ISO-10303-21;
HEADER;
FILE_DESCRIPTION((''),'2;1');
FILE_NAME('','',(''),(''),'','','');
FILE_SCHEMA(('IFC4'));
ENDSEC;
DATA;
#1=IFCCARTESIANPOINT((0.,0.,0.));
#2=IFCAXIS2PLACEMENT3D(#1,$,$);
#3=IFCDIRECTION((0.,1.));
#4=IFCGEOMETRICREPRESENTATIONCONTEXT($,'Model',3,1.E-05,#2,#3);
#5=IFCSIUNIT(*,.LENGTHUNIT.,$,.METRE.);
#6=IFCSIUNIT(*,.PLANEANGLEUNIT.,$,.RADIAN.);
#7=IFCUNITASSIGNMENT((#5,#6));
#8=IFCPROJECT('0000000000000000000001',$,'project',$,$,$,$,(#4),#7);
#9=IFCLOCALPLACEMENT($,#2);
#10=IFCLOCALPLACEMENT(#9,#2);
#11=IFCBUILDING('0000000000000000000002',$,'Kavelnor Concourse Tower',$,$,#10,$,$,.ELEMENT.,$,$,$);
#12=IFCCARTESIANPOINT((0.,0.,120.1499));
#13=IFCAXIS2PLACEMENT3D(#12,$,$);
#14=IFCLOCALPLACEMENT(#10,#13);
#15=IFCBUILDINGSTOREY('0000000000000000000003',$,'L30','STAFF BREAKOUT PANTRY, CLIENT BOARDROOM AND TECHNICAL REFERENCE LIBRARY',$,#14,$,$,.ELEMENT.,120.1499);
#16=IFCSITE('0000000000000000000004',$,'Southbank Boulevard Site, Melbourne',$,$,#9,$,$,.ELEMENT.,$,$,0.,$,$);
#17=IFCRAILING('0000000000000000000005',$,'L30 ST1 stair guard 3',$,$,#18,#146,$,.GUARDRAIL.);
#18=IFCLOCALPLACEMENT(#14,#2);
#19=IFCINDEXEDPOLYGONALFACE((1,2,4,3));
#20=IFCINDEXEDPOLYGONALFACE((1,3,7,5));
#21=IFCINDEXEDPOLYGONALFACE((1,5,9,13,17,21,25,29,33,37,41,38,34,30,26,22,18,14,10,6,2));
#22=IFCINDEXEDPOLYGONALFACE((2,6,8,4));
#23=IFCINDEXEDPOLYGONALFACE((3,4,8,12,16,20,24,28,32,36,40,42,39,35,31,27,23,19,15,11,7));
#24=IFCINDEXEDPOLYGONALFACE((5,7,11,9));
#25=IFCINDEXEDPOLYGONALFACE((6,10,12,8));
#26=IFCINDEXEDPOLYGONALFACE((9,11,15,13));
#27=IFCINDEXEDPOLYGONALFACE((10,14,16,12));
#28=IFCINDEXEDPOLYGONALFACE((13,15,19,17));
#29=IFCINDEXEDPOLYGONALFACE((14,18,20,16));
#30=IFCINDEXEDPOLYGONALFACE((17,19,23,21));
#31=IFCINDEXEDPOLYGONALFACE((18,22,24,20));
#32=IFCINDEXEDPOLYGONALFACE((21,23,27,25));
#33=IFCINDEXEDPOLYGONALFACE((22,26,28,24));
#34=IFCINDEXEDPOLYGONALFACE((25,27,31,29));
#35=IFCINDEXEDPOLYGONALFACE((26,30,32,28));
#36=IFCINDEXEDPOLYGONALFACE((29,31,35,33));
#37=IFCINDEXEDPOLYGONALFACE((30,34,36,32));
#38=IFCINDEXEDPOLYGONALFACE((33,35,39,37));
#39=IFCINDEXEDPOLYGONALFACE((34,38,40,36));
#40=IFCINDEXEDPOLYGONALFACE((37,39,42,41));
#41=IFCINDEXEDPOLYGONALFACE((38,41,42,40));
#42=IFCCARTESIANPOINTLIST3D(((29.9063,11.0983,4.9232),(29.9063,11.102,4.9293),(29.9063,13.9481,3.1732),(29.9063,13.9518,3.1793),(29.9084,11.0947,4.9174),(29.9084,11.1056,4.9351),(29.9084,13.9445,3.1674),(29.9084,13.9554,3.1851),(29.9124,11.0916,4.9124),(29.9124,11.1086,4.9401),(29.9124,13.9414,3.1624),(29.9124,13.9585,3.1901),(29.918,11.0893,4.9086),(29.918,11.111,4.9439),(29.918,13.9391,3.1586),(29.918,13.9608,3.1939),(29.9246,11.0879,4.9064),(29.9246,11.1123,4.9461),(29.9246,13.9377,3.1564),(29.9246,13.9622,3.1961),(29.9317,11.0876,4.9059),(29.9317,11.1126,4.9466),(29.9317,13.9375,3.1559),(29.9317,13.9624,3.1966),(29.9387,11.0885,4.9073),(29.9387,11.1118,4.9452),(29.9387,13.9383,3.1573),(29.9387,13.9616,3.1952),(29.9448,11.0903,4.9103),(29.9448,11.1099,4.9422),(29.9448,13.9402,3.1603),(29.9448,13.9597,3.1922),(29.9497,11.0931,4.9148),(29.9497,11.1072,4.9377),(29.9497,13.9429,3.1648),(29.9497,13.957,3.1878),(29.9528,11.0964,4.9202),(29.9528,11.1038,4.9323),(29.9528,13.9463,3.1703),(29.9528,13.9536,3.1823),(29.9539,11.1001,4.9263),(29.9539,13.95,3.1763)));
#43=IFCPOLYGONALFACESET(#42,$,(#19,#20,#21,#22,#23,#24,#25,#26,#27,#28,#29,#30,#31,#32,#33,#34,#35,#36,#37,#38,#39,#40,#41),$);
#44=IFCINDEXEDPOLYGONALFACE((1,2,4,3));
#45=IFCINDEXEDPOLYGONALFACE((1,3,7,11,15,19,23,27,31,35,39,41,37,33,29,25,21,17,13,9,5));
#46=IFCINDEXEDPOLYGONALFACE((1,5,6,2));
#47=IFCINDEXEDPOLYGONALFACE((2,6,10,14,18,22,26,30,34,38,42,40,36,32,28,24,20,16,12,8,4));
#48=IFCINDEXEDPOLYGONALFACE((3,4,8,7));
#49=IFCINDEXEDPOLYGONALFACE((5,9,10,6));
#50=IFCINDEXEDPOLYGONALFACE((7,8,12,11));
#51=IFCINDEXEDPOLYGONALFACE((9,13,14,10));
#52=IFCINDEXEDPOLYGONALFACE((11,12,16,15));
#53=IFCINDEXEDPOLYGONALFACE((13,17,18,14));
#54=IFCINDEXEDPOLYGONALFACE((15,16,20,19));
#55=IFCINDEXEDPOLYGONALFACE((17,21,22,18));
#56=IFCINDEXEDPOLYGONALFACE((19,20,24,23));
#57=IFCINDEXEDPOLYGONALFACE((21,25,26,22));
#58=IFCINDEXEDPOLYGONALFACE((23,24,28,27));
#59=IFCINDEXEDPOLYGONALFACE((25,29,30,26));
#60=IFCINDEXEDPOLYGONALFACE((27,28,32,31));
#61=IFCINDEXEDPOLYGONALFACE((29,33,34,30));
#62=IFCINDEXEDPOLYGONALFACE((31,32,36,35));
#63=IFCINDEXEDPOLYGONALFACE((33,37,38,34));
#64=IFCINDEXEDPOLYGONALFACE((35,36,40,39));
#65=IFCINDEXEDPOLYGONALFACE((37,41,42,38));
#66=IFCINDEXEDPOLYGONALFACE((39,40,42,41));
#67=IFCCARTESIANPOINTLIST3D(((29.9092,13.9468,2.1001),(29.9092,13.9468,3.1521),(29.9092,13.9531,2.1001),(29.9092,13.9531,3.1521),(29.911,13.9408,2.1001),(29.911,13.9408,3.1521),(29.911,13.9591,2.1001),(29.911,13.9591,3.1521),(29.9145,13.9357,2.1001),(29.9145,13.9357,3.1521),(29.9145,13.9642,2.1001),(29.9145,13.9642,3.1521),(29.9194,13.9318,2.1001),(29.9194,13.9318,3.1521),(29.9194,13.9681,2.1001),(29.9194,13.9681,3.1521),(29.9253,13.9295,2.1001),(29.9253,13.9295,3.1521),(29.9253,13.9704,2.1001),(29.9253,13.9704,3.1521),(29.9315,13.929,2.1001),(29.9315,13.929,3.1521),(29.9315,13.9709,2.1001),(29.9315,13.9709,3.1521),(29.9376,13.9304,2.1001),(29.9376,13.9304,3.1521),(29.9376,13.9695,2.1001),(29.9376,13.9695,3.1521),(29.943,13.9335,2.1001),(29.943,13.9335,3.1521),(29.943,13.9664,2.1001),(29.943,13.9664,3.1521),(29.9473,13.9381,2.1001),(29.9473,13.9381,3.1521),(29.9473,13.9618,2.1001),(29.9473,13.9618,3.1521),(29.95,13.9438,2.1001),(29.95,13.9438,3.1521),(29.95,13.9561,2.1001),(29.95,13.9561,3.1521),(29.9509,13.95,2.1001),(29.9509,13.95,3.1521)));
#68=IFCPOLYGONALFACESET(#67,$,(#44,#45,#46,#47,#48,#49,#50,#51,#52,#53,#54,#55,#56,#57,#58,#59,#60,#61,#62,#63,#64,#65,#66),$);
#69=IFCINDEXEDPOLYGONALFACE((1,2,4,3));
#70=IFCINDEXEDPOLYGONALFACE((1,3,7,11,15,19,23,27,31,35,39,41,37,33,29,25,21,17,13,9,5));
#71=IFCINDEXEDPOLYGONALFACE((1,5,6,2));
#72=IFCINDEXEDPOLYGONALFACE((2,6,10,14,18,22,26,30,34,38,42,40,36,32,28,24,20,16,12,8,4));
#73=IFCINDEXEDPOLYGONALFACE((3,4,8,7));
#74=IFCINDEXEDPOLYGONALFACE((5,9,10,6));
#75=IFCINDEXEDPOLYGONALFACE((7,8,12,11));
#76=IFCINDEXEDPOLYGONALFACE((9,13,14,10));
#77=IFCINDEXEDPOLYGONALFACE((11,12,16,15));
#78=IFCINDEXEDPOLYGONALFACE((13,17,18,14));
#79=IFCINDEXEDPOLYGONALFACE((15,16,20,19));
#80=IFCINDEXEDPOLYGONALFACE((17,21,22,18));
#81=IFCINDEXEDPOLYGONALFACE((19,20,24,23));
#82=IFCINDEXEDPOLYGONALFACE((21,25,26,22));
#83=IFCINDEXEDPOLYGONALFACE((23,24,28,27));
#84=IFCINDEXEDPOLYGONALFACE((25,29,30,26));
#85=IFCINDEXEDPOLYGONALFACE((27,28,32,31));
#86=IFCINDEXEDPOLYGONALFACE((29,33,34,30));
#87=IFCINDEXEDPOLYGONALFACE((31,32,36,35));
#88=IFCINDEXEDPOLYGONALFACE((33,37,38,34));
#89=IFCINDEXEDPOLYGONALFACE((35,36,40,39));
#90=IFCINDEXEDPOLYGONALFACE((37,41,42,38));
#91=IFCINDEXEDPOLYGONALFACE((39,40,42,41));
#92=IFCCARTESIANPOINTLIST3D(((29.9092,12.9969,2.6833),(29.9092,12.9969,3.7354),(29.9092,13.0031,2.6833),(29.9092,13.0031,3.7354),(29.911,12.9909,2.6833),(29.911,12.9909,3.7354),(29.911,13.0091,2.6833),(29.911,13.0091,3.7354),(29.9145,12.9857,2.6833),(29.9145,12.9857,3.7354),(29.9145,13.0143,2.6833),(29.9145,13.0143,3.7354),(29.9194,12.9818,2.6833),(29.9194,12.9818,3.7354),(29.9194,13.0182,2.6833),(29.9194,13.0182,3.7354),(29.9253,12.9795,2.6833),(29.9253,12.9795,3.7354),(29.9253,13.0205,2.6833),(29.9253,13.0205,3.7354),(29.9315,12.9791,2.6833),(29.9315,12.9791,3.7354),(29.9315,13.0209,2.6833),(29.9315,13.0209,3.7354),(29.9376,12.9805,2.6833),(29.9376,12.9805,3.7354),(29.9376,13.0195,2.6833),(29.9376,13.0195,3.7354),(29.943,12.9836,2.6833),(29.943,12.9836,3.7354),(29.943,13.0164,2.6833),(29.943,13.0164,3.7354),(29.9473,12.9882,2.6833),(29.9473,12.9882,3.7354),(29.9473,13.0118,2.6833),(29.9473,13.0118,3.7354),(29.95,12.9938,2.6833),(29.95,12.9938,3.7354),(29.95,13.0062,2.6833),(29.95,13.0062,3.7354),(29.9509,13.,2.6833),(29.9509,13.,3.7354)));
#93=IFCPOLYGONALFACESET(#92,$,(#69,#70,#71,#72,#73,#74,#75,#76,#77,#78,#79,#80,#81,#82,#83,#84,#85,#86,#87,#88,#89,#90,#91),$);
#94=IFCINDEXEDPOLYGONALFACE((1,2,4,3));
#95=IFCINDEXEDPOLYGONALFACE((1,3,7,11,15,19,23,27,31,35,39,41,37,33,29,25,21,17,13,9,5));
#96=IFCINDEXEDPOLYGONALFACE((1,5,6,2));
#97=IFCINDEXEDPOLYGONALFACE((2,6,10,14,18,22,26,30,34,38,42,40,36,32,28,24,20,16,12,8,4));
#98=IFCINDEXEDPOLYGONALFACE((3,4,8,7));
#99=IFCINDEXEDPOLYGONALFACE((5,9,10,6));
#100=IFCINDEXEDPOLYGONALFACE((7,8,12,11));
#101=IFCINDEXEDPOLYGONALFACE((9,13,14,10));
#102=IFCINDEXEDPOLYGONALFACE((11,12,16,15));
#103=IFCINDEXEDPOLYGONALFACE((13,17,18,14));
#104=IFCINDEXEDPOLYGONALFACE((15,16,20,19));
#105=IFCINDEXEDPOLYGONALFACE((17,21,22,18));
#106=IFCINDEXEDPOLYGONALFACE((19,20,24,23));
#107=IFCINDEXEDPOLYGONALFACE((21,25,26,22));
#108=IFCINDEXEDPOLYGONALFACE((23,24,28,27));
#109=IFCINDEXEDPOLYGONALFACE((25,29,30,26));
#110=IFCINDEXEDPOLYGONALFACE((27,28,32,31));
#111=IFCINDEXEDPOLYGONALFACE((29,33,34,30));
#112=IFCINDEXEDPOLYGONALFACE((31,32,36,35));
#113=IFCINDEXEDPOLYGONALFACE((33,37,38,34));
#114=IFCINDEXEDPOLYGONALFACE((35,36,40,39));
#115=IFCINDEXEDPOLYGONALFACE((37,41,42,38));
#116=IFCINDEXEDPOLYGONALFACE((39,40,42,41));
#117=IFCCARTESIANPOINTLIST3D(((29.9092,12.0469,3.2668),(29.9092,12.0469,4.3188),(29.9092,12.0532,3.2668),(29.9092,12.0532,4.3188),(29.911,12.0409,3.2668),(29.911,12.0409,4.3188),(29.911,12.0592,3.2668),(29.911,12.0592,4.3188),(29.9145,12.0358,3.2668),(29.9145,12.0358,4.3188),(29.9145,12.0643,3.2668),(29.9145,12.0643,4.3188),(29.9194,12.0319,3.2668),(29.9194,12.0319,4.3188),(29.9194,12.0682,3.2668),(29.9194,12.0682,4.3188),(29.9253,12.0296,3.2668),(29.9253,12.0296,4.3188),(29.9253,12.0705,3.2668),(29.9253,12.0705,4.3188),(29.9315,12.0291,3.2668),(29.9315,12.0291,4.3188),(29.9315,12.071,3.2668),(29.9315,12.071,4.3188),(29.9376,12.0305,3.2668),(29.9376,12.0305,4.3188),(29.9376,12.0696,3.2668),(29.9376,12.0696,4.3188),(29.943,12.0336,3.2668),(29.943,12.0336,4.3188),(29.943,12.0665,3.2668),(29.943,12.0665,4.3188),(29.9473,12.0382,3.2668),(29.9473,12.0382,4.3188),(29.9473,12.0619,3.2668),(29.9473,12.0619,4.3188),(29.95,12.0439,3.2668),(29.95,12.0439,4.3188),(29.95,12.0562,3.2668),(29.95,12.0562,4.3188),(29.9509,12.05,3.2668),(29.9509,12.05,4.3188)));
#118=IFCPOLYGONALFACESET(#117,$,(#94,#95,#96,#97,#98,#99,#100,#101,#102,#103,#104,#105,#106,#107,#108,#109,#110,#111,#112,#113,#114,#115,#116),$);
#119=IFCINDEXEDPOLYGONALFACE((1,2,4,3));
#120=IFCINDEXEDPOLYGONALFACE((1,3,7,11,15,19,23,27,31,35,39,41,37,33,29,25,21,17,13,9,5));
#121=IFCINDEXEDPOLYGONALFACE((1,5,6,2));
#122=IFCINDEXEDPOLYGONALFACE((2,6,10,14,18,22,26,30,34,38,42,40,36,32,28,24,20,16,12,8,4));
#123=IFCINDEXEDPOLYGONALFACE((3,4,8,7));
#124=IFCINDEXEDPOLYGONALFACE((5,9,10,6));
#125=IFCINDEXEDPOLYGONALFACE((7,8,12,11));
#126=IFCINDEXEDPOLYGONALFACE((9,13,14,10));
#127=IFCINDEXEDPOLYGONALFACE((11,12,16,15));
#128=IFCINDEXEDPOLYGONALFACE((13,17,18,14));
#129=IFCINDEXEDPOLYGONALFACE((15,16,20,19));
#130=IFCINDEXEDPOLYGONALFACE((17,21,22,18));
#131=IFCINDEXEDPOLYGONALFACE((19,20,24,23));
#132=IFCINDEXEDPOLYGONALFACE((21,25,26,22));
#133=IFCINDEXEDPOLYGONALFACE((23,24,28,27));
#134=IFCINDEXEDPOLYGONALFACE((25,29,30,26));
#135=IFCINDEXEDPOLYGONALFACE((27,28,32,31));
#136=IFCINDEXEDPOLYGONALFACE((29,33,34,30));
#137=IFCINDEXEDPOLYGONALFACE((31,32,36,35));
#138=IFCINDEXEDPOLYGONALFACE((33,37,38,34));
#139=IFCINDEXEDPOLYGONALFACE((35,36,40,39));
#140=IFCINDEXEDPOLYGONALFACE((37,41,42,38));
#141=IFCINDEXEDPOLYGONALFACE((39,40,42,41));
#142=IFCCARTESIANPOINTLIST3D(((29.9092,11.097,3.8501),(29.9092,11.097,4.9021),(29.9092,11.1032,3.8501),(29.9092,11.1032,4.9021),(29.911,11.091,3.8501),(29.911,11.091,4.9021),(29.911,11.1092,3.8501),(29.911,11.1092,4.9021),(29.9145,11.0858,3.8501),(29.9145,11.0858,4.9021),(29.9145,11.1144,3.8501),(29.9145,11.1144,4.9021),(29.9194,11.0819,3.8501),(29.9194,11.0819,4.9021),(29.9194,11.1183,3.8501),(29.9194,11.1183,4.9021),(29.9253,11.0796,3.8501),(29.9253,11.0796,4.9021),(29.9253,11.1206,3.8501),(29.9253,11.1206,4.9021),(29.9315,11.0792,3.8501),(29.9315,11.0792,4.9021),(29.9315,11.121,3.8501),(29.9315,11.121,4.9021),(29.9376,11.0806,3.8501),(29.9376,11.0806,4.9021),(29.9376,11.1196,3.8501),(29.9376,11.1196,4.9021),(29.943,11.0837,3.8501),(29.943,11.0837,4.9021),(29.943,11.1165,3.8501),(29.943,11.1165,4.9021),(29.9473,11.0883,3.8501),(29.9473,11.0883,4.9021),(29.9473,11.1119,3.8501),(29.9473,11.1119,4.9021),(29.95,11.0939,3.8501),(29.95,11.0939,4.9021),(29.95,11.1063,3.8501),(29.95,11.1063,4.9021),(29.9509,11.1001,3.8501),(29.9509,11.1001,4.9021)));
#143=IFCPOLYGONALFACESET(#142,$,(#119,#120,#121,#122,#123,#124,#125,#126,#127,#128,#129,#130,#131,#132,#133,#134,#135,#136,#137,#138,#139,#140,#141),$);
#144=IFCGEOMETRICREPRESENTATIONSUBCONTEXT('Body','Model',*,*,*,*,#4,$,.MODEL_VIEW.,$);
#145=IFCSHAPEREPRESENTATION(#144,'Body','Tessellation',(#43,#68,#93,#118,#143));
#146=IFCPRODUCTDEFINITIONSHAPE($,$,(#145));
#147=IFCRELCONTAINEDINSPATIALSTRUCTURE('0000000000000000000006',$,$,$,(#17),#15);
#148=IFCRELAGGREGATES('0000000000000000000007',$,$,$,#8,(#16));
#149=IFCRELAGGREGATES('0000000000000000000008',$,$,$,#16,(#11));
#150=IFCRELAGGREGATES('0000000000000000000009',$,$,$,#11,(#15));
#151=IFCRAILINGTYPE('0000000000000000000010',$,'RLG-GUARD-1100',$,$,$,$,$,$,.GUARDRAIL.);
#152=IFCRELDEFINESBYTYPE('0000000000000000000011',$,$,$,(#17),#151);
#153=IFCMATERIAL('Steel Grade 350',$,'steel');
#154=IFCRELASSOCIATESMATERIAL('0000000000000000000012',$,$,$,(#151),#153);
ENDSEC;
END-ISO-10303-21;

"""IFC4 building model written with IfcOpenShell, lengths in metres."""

from ifc_helpers import new_model, si_unit, direction, frame, origin, origin_2d, place, context, subcontext, project, spatial, circle, extrude, material, type_object, element, save


model = new_model("IFC4")

# Units and contexts
model_context = context("Model", 3, precision=1e-05, world=origin(), true_north=direction((0.0, 1.0)))
body_context = subcontext(model_context, "Body", "Model", "MODEL_VIEW")
ifc_project = project(units=[si_unit("LENGTHUNIT", "METRE"), si_unit("PLANEANGLEUNIT", "RADIAN")], contexts=[model_context])

# Site, building, storey
site_placement = place(None, origin())
site = spatial("IfcSite", under=ifc_project, at=site_placement, Name="Southbank Boulevard Site, Melbourne", CompositionType="ELEMENT", RefElevation=0.0)
building_placement = place(site_placement, origin())
building = spatial("IfcBuilding", under=site, at=building_placement, Name="Kavelnor Concourse Tower", CompositionType="ELEMENT")
storey_placement = place(building_placement, frame((0.0, 0.0, 120.1499)))
storey = spatial("IfcBuildingStorey", under=building, at=storey_placement, Name="L30", Description="STAFF BREAKOUT PANTRY, CLIENT BOARDROOM AND TECHNICAL REFERENCE LIBRARY", CompositionType="ELEMENT", Elevation=120.1499)

# Shared definitions
ifc_material_1 = material(Name="Steel Grade 350", Category="steel")

# Railing
railing_type = type_object("IfcRailingType", Name="RLG-GUARD-1100", PredefinedType="GUARDRAIL", material=ifc_material_1)
railing_1_placement = place(storey_placement, frame((29.9299, 13.95, 2.1001)))
element("IfcRailing", 1, at=railing_1_placement, inside=storey, type_object=railing_type, Name="L30 ST1 stair guard 3", PredefinedType="GUARDRAIL", context=body_context, shape_type="SweptSolid", body=[
    extrude(circle(Radius=0.0239, at=origin_2d()), frame((0.0, 0.0, 1.0762), z_axis=(0.0, -0.852159, 0.523283), x_axis=(1.0, 0.0, 0.0)), (0.0, 0.0, 1.0), 3.3442),
    extrude(circle(Radius=0.021, at=origin_2d()), origin(), (0.0, 0.0, 1.0), 1.052),
    extrude(circle(Radius=0.021, at=origin_2d()), frame((0.0, -0.95, 0.5833)), (0.0, 0.0, 1.0), 1.052),
    extrude(circle(Radius=0.021, at=origin_2d()), frame((0.0, -1.8999, 1.1667)), (0.0, 0.0, 1.0), 1.052),
    extrude(circle(Radius=0.021, at=origin_2d()), frame((0.0, -2.8499, 1.75)), (0.0, 0.0, 1.0), 1.052),
])

save(model, "model.ifc")
